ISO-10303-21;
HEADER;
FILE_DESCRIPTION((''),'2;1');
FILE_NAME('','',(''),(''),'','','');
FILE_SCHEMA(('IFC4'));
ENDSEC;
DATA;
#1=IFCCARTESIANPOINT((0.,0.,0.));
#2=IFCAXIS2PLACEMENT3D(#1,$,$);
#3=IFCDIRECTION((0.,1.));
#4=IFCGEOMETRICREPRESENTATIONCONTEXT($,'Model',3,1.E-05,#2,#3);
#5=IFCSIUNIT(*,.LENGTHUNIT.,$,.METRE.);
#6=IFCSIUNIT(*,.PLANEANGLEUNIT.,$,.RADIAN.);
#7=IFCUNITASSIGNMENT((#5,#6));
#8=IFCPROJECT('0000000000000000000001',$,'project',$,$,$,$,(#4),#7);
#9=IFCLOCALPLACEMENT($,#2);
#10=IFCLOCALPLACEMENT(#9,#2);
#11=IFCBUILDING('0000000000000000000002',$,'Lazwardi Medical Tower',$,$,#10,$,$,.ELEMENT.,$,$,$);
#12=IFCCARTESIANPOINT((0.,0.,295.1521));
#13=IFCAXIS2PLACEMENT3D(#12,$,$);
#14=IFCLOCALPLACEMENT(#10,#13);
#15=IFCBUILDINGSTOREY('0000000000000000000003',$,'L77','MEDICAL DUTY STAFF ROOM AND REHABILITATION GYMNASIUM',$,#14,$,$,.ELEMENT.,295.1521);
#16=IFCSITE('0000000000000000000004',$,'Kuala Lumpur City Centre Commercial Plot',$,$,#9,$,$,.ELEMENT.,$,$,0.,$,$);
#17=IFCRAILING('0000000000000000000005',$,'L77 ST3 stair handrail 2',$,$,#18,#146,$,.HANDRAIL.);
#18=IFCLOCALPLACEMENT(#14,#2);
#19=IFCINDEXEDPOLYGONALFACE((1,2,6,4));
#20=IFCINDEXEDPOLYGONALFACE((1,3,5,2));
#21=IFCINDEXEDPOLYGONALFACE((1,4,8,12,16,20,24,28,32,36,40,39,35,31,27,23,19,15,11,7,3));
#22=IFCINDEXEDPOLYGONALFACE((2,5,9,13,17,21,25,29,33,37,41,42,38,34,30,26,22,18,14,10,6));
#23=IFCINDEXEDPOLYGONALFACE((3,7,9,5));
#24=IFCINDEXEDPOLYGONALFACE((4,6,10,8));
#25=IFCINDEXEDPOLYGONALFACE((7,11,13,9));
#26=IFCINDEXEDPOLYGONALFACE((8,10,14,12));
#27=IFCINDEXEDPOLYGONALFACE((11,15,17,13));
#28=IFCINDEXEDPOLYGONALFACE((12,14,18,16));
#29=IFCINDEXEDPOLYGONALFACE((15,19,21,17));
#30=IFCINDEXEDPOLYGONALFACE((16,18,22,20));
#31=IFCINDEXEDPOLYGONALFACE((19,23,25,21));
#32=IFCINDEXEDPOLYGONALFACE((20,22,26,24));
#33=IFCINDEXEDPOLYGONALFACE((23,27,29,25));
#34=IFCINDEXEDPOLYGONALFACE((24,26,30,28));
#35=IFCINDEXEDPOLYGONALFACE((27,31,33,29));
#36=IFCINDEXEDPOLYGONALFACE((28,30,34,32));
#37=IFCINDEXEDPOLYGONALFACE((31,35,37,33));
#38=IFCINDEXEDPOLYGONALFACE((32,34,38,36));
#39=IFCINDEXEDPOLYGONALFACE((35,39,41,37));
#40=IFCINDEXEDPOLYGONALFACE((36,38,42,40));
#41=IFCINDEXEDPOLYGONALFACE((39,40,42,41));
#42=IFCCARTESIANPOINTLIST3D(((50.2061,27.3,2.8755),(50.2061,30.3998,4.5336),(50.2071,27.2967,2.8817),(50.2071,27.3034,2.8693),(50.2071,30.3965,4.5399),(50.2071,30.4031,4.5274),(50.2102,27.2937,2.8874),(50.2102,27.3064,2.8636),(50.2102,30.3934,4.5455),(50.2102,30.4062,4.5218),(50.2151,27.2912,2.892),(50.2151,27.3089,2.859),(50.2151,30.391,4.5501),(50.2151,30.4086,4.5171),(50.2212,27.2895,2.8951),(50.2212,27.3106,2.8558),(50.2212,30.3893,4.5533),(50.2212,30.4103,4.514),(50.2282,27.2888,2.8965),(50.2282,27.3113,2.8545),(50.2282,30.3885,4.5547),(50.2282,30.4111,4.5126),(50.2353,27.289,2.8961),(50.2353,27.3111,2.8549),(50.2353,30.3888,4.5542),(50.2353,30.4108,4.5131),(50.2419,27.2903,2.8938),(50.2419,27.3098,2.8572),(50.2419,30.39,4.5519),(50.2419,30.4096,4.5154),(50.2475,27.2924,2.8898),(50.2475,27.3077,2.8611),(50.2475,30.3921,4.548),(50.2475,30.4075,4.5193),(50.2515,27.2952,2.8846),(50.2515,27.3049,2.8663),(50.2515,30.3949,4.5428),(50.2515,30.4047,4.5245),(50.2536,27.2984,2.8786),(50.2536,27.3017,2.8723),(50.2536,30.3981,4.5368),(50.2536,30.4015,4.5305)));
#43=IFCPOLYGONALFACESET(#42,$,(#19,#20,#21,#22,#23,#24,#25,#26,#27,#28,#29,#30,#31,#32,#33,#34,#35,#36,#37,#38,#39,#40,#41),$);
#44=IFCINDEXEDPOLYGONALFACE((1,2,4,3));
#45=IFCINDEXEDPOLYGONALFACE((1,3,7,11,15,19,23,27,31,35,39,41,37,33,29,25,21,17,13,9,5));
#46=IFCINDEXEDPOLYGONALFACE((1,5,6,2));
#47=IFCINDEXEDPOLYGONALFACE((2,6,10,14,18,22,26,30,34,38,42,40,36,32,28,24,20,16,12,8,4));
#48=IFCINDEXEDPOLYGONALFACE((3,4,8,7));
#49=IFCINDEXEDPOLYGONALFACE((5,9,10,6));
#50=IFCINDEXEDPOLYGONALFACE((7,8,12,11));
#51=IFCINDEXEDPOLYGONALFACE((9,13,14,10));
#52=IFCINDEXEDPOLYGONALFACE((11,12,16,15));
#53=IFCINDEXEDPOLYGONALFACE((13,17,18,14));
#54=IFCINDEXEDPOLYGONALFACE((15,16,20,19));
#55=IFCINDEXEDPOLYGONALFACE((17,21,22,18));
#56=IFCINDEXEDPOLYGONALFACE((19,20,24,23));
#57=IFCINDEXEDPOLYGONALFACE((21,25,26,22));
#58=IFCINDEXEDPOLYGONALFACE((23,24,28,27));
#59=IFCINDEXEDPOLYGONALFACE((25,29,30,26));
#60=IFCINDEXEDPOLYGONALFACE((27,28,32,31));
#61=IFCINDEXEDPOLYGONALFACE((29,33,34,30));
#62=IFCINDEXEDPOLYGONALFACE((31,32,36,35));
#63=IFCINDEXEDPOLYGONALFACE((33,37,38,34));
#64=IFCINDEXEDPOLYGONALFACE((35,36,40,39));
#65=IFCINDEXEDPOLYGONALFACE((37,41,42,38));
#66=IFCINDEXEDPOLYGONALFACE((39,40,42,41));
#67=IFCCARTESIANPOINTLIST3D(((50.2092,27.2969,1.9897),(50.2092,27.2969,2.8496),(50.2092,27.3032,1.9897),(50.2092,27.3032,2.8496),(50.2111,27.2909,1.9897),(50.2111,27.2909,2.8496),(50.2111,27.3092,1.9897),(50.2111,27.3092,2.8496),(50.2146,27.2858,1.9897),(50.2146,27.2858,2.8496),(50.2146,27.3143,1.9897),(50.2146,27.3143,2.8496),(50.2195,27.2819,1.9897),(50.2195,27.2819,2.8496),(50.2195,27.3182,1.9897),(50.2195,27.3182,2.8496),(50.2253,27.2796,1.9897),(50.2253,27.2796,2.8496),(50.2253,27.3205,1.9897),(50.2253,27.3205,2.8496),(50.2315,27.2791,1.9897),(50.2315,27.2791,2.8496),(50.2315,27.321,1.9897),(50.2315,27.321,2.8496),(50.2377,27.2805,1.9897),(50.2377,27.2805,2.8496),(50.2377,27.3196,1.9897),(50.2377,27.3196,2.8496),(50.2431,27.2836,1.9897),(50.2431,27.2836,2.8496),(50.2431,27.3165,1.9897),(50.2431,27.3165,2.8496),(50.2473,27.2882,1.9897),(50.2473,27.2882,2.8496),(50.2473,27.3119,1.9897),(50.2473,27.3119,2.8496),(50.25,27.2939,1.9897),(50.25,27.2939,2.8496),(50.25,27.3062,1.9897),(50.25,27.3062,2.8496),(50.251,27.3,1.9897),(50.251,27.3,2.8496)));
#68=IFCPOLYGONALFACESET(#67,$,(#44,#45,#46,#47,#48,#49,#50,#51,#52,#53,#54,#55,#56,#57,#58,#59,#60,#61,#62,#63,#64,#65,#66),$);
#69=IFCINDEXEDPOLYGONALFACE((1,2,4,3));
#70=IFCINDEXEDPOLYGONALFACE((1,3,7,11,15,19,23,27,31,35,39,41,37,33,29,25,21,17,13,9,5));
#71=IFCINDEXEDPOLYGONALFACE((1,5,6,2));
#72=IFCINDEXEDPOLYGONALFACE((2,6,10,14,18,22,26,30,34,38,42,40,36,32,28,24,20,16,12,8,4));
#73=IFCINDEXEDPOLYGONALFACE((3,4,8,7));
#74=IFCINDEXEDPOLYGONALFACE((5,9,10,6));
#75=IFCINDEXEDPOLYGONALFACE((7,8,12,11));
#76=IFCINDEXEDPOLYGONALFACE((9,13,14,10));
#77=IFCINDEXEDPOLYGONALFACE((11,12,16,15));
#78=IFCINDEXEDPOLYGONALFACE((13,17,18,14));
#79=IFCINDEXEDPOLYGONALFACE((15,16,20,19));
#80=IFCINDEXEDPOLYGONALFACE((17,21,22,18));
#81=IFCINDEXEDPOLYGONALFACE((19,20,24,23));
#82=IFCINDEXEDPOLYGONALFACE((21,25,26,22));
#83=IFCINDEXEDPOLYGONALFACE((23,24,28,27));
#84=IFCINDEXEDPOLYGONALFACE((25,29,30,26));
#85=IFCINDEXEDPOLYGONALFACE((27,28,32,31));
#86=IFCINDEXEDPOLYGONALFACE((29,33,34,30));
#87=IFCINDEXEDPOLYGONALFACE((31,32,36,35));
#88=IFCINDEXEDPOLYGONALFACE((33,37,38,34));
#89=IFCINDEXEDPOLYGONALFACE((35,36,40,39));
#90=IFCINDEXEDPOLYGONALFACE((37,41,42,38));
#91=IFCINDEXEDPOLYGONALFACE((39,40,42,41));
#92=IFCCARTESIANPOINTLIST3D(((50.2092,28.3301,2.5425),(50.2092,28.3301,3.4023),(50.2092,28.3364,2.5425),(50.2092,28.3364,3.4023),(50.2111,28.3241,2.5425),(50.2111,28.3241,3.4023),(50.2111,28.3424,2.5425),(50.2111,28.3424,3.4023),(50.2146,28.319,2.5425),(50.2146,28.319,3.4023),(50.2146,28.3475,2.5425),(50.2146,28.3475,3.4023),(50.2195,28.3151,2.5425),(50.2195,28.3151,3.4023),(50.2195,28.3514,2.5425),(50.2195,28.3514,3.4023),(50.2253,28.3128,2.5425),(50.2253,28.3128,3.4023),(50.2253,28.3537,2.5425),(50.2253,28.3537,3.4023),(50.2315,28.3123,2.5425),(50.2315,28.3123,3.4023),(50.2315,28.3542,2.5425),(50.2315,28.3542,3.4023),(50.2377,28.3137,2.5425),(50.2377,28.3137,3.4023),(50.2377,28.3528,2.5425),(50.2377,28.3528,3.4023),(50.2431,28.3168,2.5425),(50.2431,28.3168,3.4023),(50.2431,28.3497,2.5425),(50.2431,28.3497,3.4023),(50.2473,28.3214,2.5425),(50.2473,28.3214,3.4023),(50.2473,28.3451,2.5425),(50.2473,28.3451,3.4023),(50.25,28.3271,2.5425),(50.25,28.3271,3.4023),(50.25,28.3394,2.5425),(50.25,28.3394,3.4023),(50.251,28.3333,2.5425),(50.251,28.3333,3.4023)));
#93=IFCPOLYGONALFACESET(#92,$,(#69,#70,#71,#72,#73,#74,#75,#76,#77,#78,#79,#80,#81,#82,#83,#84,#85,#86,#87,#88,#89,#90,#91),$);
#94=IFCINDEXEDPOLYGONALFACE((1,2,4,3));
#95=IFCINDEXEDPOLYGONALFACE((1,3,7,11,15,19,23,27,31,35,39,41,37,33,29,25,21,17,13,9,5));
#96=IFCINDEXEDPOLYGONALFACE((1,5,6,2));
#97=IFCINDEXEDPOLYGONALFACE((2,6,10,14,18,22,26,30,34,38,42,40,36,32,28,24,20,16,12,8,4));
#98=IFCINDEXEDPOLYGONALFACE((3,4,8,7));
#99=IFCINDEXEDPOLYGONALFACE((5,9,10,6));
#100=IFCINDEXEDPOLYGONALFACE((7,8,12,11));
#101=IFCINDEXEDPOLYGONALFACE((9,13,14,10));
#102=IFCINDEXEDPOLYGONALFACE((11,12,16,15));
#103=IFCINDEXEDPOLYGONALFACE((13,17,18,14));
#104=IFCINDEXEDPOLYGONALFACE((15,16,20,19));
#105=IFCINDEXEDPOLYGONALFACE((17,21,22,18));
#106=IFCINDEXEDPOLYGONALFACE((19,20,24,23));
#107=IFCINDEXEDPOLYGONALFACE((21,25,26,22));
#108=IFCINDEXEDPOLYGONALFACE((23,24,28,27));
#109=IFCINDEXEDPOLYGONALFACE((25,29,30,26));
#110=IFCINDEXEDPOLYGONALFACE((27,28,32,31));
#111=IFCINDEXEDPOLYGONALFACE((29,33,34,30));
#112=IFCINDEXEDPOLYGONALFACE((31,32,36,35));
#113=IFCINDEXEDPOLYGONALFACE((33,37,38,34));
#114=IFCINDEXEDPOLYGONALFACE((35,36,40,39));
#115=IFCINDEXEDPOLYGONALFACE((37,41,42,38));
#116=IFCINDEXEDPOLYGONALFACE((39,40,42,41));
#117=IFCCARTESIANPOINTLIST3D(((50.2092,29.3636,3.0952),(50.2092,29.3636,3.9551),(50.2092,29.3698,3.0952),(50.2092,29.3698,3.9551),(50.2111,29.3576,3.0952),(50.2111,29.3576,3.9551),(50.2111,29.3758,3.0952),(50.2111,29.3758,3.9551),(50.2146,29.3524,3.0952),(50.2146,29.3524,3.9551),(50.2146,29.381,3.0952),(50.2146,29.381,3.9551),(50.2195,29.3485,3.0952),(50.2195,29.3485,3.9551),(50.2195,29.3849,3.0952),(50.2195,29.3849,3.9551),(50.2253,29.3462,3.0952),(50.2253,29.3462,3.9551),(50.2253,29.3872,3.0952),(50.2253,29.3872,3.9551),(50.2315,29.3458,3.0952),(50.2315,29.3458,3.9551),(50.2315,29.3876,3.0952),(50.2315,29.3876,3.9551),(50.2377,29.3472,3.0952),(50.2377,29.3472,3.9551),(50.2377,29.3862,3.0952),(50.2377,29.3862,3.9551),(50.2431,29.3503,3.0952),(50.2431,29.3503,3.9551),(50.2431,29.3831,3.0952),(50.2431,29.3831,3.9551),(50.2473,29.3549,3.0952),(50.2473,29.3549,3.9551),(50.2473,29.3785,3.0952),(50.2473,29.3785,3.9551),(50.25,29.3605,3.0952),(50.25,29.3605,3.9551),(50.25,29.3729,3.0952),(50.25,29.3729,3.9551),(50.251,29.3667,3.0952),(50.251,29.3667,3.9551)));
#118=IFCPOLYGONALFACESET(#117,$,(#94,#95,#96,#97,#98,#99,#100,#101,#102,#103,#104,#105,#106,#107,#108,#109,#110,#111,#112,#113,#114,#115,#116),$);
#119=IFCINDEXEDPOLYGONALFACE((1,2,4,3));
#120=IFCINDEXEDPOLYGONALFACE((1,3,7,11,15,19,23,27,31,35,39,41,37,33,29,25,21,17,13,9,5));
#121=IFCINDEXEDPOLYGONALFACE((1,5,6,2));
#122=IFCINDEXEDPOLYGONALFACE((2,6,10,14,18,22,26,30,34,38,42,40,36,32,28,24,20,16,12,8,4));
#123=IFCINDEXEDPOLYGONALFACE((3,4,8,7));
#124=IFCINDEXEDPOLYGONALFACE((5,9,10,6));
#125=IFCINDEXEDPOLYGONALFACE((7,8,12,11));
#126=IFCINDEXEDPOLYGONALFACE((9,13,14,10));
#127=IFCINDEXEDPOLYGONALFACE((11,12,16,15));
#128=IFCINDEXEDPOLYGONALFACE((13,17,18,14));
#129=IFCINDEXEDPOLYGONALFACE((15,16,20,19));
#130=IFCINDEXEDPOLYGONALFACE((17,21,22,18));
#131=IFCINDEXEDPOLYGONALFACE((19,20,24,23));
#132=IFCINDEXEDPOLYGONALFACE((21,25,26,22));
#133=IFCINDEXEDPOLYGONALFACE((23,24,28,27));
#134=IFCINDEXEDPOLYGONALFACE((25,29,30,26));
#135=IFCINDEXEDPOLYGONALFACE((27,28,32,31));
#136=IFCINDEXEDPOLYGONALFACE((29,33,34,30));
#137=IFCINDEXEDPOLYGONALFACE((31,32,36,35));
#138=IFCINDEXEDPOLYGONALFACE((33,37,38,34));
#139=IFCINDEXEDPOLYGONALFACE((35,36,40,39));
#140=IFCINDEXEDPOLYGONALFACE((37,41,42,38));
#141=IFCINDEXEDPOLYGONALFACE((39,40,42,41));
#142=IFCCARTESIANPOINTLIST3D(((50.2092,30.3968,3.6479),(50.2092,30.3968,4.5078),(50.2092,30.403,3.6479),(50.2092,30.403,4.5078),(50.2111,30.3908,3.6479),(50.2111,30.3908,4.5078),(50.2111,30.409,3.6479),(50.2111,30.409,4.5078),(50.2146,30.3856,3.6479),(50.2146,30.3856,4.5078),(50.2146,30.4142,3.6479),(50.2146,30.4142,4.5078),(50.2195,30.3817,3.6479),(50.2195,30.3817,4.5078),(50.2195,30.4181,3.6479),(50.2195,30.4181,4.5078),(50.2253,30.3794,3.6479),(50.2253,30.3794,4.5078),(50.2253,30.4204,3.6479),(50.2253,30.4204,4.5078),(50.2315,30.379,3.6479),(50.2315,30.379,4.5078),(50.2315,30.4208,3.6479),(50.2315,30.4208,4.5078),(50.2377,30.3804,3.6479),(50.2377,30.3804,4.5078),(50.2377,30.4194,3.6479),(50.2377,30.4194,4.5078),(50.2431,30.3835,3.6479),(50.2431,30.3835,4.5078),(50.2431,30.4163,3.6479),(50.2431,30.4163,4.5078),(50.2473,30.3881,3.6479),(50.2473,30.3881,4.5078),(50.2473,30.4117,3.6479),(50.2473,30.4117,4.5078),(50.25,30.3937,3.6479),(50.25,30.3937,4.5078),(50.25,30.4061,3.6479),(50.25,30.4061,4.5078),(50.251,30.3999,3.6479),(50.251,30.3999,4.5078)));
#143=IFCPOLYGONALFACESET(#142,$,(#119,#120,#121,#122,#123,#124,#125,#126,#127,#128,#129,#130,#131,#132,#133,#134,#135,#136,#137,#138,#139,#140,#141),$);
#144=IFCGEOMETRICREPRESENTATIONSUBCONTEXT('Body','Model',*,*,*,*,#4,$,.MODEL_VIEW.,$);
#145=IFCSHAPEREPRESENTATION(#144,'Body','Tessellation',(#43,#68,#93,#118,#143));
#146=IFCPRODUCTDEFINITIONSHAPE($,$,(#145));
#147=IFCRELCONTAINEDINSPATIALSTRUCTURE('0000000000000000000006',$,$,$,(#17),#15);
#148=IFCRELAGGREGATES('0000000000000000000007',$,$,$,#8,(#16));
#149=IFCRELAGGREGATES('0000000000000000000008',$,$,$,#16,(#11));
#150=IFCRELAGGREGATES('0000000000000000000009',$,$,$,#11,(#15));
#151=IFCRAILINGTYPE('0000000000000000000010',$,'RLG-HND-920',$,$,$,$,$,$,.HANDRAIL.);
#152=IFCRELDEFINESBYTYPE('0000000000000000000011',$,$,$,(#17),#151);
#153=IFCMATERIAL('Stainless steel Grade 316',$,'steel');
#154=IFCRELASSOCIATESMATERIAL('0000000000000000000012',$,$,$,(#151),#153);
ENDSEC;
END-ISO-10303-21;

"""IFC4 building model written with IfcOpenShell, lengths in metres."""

from ifc_helpers import new_model, si_unit, direction, frame, origin, origin_2d, place, context, subcontext, project, spatial, circle, extrude, material, type_object, element, save


model = new_model("IFC4")

# Units and contexts
model_context = context("Model", 3, precision=1e-05, world=origin(), true_north=direction((0.0, 1.0)))
body_context = subcontext(model_context, "Body", "Model", "MODEL_VIEW")
ifc_project = project(units=[si_unit("LENGTHUNIT", "METRE"), si_unit("PLANEANGLEUNIT", "RADIAN")], contexts=[model_context])

# Site, building, storey
site_placement = place(None, origin())
site = spatial("IfcSite", under=ifc_project, at=site_placement, Name="Kuala Lumpur City Centre Commercial Plot", CompositionType="ELEMENT", RefElevation=0.0)
building_placement = place(site_placement, origin())
building = spatial("IfcBuilding", under=site, at=building_placement, Name="Lazwardi Medical Tower", CompositionType="ELEMENT")
storey_placement = place(building_placement, frame((0.0, 0.0, 295.1521)))
storey = spatial("IfcBuildingStorey", under=building, at=storey_placement, Name="L77", Description="MEDICAL DUTY STAFF ROOM AND REHABILITATION GYMNASIUM", CompositionType="ELEMENT", Elevation=295.1521)

# Railing
ifc_material_1 = material(Name="Stainless steel Grade 316", Category="steel")
railing_type_1 = type_object("IfcRailingType", Name="RLG-HND-920", PredefinedType="HANDRAIL", material=ifc_material_1)
railing_1_placement = place(storey_placement, frame((50.23, 27.3, 1.9897)))
element("IfcRailing", 1, at=railing_1_placement, inside=storey, type_object=railing_type_1, Name="L77 ST3 stair handrail 2", PredefinedType="HANDRAIL", context=body_context, shape_type="SweptSolid", body=[
    extrude(circle(Radius=0.0239, at=origin_2d()), frame((0.0, 0.0, 0.8857), z_axis=(0.0, 0.881768, 0.471684), x_axis=(-1.0, 0.0, 0.0)), (0.0, 0.0, 1.0), 3.5154),
    extrude(circle(Radius=0.021, at=origin_2d()), origin(), (0.0, 0.0, 1.0), 0.8599),
    extrude(circle(Radius=0.021, at=origin_2d()), frame((0.0, 1.0332, 0.5527)), (0.0, 0.0, 1.0), 0.8599),
    extrude(circle(Radius=0.021, at=origin_2d()), frame((0.0, 2.0667, 1.1055)), (0.0, 0.0, 1.0), 0.8599),
    extrude(circle(Radius=0.021, at=origin_2d()), frame((0.0, 3.0999, 1.6582)), (0.0, 0.0, 1.0), 0.8599),
])

save(model, "model.ifc")
